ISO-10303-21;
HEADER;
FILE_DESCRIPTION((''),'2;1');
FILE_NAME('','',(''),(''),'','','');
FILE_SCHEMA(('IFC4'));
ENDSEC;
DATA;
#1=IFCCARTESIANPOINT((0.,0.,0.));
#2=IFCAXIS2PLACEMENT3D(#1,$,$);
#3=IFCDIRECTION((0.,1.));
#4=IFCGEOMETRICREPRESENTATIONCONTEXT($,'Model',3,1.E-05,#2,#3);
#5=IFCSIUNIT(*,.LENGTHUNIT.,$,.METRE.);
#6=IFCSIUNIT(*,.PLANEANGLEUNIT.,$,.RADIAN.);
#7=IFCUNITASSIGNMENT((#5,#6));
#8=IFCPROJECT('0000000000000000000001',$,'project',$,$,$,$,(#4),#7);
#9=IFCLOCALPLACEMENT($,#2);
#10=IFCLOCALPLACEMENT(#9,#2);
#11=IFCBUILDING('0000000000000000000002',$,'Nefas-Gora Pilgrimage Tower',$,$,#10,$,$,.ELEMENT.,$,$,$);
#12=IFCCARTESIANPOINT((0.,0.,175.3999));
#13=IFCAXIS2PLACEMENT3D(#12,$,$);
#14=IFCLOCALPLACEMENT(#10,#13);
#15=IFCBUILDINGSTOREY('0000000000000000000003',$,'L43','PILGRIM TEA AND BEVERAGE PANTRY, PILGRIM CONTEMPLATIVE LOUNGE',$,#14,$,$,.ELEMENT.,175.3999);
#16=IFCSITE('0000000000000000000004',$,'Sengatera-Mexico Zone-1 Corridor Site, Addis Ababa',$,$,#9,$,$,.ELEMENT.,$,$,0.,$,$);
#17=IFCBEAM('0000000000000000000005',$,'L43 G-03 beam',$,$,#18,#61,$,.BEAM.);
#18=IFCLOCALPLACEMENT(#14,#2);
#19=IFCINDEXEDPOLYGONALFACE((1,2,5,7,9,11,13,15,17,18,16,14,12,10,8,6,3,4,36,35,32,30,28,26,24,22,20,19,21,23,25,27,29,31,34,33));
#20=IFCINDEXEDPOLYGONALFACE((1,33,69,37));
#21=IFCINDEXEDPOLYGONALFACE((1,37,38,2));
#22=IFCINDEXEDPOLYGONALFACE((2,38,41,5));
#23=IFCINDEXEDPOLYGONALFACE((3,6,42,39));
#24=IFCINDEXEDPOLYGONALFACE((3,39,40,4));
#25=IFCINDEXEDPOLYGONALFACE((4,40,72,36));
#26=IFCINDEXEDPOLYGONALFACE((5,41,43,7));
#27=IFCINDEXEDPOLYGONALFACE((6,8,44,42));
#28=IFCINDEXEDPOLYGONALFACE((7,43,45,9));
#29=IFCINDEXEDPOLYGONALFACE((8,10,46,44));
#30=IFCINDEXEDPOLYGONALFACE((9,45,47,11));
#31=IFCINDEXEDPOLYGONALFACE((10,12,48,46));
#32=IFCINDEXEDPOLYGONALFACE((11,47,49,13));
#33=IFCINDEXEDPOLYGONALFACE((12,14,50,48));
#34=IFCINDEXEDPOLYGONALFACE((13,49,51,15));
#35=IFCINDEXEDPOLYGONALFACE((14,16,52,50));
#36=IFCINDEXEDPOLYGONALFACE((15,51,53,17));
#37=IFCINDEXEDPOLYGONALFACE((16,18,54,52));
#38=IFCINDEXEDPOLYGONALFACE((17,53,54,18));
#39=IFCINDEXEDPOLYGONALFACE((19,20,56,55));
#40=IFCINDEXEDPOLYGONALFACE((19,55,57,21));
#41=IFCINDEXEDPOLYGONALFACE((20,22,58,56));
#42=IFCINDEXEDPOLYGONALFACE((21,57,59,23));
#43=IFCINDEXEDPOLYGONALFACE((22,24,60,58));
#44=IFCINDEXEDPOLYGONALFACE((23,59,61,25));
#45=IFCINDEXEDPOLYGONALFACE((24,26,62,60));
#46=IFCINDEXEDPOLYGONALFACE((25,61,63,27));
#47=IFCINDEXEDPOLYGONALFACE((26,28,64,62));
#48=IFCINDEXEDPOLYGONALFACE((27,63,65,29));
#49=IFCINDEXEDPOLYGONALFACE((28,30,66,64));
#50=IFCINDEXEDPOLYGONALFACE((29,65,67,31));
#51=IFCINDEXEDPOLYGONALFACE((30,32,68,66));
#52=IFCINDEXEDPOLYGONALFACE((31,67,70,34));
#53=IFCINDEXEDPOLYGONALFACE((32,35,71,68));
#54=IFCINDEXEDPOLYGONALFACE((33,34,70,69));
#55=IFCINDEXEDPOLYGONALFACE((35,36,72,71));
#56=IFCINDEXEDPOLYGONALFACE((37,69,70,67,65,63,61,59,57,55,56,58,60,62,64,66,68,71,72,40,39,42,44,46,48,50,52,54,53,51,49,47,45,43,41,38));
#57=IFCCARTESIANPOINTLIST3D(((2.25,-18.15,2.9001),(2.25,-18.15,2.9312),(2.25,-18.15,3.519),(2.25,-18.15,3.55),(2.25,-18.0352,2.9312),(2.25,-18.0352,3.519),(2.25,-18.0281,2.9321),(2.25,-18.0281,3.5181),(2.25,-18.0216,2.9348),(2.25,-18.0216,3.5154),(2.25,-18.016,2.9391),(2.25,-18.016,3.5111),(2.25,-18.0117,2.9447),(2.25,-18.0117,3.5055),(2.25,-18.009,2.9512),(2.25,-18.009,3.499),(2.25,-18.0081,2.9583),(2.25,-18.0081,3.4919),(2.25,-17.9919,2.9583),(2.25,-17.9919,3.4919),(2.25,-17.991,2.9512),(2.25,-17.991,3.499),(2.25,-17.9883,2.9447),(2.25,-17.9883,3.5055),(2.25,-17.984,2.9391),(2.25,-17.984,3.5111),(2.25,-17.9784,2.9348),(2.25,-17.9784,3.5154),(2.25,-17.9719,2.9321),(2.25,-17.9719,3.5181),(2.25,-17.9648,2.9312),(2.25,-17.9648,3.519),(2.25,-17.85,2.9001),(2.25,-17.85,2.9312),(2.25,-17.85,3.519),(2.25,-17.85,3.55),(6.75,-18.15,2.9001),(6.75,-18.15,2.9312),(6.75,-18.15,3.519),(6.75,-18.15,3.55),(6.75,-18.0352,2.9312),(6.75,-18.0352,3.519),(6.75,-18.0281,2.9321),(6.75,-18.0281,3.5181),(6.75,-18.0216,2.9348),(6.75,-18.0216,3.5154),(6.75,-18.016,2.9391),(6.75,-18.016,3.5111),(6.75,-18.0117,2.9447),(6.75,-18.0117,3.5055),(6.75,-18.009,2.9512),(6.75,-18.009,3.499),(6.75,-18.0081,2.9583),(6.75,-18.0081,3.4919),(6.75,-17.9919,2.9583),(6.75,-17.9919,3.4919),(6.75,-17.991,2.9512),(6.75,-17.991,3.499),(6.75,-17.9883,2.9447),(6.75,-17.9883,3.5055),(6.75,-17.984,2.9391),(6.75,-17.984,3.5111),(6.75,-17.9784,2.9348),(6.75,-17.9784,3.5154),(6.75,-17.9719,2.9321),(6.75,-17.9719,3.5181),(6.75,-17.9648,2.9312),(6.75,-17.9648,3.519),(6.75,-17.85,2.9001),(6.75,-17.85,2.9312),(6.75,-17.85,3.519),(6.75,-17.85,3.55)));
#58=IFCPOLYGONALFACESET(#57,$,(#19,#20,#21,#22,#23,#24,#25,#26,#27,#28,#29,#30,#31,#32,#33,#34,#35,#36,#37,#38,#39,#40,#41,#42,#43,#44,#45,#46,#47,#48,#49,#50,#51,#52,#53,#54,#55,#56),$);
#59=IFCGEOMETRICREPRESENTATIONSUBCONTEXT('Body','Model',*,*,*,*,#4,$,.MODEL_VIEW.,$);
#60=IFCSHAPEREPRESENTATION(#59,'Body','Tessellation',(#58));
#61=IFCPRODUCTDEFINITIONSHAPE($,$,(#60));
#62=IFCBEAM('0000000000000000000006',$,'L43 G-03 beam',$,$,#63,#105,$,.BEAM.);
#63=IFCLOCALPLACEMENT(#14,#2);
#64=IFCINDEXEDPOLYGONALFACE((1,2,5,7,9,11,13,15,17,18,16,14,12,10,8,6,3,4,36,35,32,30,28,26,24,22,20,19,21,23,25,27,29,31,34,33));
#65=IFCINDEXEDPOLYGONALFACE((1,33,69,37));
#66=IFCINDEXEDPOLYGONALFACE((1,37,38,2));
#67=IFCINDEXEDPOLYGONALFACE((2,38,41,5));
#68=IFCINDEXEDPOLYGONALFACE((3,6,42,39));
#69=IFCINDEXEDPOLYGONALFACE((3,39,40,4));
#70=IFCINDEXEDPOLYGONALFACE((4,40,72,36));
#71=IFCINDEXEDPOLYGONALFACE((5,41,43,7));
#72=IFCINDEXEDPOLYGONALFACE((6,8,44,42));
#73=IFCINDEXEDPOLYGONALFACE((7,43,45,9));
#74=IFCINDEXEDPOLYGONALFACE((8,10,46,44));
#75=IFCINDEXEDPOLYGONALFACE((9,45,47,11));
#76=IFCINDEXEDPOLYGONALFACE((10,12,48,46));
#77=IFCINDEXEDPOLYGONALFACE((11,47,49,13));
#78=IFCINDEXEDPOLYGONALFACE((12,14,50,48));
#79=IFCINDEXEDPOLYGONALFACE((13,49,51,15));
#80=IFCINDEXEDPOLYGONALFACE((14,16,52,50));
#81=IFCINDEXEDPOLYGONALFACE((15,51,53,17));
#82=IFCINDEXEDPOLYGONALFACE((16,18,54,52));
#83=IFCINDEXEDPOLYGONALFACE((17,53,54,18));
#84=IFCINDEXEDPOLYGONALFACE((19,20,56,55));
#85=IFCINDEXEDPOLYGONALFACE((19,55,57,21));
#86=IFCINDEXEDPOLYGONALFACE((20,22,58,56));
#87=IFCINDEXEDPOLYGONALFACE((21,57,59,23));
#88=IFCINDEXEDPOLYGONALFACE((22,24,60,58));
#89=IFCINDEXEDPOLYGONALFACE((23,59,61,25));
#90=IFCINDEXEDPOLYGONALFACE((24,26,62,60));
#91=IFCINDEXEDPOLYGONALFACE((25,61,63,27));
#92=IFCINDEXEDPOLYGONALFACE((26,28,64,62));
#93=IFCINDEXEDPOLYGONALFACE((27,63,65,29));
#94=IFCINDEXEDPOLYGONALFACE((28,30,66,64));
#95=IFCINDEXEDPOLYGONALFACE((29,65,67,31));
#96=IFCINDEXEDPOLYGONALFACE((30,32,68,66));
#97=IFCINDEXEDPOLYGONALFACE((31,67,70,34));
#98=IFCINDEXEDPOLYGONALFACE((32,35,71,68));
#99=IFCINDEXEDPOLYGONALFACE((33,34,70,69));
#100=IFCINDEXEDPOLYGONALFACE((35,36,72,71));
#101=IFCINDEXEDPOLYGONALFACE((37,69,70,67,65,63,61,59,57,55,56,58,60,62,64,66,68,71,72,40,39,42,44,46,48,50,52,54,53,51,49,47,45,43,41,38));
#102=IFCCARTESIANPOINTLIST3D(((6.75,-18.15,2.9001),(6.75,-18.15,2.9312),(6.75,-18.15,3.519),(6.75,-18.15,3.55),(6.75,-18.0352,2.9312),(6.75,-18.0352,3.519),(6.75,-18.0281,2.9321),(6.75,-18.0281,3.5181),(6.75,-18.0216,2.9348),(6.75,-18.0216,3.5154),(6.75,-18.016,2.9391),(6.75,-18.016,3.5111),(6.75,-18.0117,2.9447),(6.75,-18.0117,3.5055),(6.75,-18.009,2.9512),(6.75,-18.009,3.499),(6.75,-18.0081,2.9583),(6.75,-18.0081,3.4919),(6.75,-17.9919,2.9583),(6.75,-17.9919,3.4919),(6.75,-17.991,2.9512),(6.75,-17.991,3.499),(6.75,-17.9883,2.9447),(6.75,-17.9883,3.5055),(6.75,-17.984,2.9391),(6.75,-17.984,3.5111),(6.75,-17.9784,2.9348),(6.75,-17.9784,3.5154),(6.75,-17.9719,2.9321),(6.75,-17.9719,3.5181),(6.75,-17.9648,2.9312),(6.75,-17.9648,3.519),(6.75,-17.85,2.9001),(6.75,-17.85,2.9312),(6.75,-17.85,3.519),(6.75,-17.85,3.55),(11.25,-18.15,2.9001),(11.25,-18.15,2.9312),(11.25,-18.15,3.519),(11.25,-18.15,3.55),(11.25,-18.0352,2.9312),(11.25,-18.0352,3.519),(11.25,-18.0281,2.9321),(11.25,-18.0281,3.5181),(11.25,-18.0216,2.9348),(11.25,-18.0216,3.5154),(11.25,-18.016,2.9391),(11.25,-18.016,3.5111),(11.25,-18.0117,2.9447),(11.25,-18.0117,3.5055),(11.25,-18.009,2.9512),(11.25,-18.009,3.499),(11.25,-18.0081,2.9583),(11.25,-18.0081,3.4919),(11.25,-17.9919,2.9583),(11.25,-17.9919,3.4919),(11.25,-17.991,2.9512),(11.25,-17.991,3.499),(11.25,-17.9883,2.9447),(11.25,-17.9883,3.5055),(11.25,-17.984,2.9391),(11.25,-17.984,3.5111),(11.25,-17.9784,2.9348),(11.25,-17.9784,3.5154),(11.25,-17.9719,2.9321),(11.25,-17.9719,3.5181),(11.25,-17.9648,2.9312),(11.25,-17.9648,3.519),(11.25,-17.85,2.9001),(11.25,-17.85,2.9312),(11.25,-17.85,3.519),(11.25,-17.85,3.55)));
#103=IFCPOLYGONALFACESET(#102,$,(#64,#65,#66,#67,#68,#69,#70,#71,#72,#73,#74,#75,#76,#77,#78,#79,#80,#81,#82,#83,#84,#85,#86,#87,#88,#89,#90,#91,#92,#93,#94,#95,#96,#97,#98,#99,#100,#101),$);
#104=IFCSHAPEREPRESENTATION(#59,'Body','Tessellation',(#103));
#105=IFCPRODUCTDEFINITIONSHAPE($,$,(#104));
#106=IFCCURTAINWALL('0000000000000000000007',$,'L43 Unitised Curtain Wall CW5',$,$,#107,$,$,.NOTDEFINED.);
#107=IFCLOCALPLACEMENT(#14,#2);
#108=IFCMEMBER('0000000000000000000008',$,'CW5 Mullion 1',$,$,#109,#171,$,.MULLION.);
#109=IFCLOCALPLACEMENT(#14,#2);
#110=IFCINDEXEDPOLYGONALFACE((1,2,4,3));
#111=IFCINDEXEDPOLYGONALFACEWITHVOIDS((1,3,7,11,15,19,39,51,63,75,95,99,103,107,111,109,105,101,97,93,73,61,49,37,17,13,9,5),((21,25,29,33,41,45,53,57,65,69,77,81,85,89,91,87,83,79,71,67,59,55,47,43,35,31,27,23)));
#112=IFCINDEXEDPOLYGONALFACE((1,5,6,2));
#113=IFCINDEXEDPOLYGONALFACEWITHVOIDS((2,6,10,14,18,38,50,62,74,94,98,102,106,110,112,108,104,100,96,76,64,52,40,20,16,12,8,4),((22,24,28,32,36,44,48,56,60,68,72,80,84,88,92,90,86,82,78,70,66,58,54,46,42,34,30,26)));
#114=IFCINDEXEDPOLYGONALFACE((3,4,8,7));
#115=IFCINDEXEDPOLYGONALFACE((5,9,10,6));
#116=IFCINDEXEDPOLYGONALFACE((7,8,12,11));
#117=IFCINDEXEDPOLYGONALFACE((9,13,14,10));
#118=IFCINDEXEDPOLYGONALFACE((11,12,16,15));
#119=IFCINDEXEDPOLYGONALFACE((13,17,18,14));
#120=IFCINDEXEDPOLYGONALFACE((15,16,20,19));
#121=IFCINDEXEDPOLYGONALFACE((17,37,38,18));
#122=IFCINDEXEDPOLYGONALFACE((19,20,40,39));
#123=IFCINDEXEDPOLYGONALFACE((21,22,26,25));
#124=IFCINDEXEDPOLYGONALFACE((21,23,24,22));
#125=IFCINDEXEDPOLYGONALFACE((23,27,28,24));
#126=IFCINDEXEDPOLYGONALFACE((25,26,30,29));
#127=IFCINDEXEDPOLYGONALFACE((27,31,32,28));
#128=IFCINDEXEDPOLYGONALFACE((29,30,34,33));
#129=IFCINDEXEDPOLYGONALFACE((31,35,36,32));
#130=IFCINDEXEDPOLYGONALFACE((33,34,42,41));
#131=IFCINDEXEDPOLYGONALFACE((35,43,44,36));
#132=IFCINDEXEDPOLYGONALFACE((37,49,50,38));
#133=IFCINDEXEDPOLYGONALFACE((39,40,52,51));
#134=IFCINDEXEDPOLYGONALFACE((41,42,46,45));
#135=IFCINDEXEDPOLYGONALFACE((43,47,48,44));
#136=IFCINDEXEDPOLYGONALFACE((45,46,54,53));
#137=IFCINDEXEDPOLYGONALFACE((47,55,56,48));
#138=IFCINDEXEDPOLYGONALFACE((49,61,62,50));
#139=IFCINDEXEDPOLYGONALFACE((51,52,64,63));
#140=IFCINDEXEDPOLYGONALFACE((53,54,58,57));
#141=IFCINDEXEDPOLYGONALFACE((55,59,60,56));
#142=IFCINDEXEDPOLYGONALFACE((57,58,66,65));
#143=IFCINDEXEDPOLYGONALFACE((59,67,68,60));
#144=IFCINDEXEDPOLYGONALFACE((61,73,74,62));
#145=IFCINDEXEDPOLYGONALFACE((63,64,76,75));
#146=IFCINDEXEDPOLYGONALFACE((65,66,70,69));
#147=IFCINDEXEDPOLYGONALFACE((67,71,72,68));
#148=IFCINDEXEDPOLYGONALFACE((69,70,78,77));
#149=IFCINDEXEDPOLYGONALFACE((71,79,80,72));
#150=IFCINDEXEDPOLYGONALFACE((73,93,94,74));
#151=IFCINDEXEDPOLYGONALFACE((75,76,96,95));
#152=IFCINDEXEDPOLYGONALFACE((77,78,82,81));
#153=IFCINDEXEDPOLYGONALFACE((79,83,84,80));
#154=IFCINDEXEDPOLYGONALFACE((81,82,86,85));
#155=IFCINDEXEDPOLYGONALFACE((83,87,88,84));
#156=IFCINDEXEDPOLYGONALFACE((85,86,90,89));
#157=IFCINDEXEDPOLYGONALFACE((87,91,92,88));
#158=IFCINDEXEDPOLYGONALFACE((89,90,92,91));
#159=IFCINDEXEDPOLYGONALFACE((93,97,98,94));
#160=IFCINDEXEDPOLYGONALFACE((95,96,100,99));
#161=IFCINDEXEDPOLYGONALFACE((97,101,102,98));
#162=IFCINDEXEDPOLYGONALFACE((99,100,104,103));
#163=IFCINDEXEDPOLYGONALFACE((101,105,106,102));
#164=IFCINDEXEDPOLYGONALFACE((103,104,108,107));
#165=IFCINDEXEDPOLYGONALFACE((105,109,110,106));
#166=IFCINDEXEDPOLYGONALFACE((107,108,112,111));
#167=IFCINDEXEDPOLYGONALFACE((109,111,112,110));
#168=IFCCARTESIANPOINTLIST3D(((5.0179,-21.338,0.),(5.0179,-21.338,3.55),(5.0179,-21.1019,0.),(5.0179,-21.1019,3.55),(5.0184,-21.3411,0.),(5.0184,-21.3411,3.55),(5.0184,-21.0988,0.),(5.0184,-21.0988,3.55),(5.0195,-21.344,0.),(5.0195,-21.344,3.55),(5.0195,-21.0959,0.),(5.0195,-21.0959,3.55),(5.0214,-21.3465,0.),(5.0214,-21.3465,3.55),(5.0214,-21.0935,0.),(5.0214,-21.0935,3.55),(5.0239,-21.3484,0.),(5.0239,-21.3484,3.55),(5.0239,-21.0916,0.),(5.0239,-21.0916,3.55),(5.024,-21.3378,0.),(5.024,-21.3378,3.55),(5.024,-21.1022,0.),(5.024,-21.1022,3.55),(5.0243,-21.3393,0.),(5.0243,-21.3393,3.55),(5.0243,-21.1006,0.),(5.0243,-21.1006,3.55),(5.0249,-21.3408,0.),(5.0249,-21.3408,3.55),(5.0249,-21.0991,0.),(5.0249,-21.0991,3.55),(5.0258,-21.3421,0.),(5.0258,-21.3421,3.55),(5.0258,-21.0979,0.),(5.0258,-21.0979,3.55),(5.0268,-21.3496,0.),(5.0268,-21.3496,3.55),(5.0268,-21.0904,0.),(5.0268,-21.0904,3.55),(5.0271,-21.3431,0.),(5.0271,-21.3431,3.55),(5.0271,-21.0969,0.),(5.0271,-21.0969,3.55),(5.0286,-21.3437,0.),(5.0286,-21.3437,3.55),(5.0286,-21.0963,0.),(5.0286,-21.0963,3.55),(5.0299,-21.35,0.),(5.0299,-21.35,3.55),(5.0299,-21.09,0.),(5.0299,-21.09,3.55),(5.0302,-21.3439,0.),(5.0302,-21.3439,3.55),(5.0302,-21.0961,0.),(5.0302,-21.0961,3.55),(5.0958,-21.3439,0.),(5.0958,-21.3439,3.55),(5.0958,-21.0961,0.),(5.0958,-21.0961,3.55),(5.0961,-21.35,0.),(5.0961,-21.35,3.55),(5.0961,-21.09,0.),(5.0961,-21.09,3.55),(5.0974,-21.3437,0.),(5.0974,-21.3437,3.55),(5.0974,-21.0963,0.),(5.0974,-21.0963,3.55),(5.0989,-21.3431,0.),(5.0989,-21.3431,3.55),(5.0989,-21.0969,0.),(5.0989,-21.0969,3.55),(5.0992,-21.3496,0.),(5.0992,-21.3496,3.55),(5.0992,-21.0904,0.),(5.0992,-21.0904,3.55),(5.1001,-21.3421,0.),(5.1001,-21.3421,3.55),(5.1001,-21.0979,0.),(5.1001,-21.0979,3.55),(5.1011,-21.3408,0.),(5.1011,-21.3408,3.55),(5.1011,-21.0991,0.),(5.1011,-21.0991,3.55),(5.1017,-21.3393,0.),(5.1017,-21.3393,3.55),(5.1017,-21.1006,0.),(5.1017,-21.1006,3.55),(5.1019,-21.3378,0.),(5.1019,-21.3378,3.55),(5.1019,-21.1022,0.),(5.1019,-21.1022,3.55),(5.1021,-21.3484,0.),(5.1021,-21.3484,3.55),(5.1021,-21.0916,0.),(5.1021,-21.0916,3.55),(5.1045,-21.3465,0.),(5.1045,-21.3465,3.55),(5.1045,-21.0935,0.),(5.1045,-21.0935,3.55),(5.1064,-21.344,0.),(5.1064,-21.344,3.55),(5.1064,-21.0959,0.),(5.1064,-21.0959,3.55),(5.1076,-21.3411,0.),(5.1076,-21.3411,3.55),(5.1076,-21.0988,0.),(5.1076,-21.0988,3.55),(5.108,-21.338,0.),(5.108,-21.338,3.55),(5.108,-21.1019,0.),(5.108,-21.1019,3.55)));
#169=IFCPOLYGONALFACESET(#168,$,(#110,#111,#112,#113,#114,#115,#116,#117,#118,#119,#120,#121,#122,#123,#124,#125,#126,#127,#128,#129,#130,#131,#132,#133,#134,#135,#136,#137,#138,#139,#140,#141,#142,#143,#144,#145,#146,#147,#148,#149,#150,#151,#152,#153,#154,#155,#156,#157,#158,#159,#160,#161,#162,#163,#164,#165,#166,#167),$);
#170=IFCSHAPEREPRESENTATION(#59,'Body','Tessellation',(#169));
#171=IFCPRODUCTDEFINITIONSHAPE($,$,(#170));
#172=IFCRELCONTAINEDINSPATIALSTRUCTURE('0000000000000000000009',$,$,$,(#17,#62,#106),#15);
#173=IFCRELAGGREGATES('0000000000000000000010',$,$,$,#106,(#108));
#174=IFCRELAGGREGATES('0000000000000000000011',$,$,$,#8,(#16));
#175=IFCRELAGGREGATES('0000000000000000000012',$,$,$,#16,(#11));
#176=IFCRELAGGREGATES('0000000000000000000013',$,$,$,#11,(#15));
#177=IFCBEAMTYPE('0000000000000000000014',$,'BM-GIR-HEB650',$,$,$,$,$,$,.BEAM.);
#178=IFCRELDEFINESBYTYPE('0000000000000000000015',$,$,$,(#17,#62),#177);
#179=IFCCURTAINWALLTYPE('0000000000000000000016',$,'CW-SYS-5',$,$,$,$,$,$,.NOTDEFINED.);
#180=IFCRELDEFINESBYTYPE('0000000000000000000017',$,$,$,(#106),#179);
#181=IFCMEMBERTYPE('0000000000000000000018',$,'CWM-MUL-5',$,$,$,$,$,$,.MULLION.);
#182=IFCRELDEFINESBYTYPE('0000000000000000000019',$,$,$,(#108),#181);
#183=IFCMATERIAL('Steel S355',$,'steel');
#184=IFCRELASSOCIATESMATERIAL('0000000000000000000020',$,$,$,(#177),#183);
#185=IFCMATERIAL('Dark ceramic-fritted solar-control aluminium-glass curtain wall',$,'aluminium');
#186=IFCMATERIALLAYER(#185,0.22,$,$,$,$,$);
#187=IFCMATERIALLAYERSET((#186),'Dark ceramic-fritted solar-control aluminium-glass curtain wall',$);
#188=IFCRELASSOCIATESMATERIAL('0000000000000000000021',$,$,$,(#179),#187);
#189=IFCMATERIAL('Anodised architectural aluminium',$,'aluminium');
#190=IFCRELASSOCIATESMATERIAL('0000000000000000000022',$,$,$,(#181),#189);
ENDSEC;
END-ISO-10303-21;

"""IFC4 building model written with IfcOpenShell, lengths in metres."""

from ifc_helpers import new_model, si_unit, direction, frame, origin, origin_2d, place, context, subcontext, project, spatial, hollow_rectangle, i_section, extrude, source, transform, mapped, material, layer, layer_set, material_profile, profile_set, type_object, element, aggregate, save


model = new_model("IFC4")

# Units and contexts
model_context = context("Model", 3, precision=1e-05, world=origin(), true_north=direction((0.0, 1.0)))
body_context = subcontext(model_context, "Body", "Model", "MODEL_VIEW")
ifc_project = project(units=[si_unit("LENGTHUNIT", "METRE"), si_unit("PLANEANGLEUNIT", "RADIAN")], contexts=[model_context])

# Site, building, storey
site_placement = place(None, origin())
site = spatial("IfcSite", under=ifc_project, at=site_placement, Name="Sengatera-Mexico Zone-1 Corridor Site, Addis Ababa", CompositionType="ELEMENT", RefElevation=0.0)
building_placement = place(site_placement, origin())
building = spatial("IfcBuilding", under=site, at=building_placement, Name="Nefas-Gora Pilgrimage Tower", CompositionType="ELEMENT")
storey_placement = place(building_placement, frame((0.0, 0.0, 175.3999)))
storey = spatial("IfcBuildingStorey", under=building, at=storey_placement, Name="L43", Description="PILGRIM TEA AND BEVERAGE PANTRY, PILGRIM CONTEMPLATIVE LOUNGE", CompositionType="ELEMENT", Elevation=175.3999)

# Beams
ifc_material_1 = material(Name="Steel S355", Category="steel")
ifc_material_profile_1 = material_profile(ifc_material_1, i_section(OverallWidth=0.3, OverallDepth=0.6499, WebThickness=0.0161, FlangeThickness=0.031, FilletRadius=0.0271, at=origin_2d()), Name="HEB 650")
ifc_profile_set_1 = profile_set([ifc_material_profile_1], Name="Steel S355")
beam_type = type_object("IfcBeamType", Name="BM-GIR-HEB650", PredefinedType="BEAM", material=ifc_profile_set_1)
shared_shape_1 = source(origin(), body_context, "Body", "SweptSolid", [
    extrude(i_section(OverallWidth=0.3, OverallDepth=0.6499, WebThickness=0.0161, FlangeThickness=0.031, FilletRadius=0.0271, at=origin_2d()), origin(), (0.0, 0.0, 1.0), 4.5),
])
for number, where, z_axis, x_axis, name in (
    (1, (2.25, -18.0, 3.2251), (1.0, 0.0, 0.0), (0.0, 1.0, 0.0), "L43 G-03 beam"),
    (2, (6.75, -18.0, 3.2251), (1.0, 0.0, 0.0), (0.0, 1.0, 0.0), "L43 G-03 beam"),
):
    element("IfcBeam", number, at=place(storey_placement, frame(where, z_axis=z_axis, x_axis=x_axis)), inside=storey, type_object=beam_type, Name=name, PredefinedType="BEAM", context=body_context, shape_type="MappedRepresentation", body=[
        mapped(shared_shape_1, transform((0.0, 0.0, 0.0), x_axis=(1.0, 0.0, 0.0), y_axis=(0.0, 1.0, 0.0), z_axis=(0.0, 0.0, 1.0), scale=1.0)),
    ])

# Curtain wall, member
ifc_material_2 = material(Name="Dark ceramic-fritted solar-control aluminium-glass curtain wall", Category="aluminium")
ifc_layer_1 = layer(ifc_material_2, 0.22)
ifc_layer_set_1 = layer_set([ifc_layer_1], Name="Dark ceramic-fritted solar-control aluminium-glass curtain wall")
curtain_wall_type = type_object("IfcCurtainWallType", Name="CW-SYS-5", PredefinedType="NOTDEFINED", material=ifc_layer_set_1)
curtain_wall_1_placement = place(storey_placement, origin())
curtain_wall_1 = element("IfcCurtainWall", 3, at=curtain_wall_1_placement, inside=storey, type_object=curtain_wall_type, Name="L43 Unitised Curtain Wall CW5", PredefinedType="NOTDEFINED")
ifc_material_3 = material(Name="Anodised architectural aluminium", Category="aluminium")
ifc_material_profile_2 = material_profile(ifc_material_3, hollow_rectangle(XDim=0.0901, YDim=0.26, WallThickness=0.0061, InnerFilletRadius=0.0061, OuterFilletRadius=0.012, at=origin_2d()), Name="ALU MULLION 90x260")
ifc_profile_set_2 = profile_set([ifc_material_profile_2], Name="Anodised architectural aluminium")
member_type_1 = type_object("IfcMemberType", Name="CWM-MUL-5", PredefinedType="MULLION", material=ifc_profile_set_2)
shared_shape_2 = source(origin(), body_context, "Body", "SweptSolid", [
    extrude(hollow_rectangle(XDim=0.0901, YDim=0.26, WallThickness=0.0061, InnerFilletRadius=0.0061, OuterFilletRadius=0.012, at=origin_2d()), origin(), (0.0, 0.0, 1.0), 3.55),
])
member_1_placement = place(storey_placement, frame((5.063, -21.22, 0.0), z_axis=(0.0, 0.0, 1.0), x_axis=(1.0, 0.0, 0.0)))
member_1 = element("IfcMember", 4, at=member_1_placement, type_object=member_type_1, Name="CW5 Mullion 1", PredefinedType="MULLION", context=body_context, shape_type="MappedRepresentation", body=[
    mapped(shared_shape_2, transform((0.0, 0.0, 0.0), x_axis=(1.0, 0.0, 0.0), y_axis=(0.0, 1.0, 0.0), z_axis=(0.0, 0.0, 1.0), scale=1.0)),
])

aggregate(curtain_wall_1, [member_1])

save(model, "model.ifc")
